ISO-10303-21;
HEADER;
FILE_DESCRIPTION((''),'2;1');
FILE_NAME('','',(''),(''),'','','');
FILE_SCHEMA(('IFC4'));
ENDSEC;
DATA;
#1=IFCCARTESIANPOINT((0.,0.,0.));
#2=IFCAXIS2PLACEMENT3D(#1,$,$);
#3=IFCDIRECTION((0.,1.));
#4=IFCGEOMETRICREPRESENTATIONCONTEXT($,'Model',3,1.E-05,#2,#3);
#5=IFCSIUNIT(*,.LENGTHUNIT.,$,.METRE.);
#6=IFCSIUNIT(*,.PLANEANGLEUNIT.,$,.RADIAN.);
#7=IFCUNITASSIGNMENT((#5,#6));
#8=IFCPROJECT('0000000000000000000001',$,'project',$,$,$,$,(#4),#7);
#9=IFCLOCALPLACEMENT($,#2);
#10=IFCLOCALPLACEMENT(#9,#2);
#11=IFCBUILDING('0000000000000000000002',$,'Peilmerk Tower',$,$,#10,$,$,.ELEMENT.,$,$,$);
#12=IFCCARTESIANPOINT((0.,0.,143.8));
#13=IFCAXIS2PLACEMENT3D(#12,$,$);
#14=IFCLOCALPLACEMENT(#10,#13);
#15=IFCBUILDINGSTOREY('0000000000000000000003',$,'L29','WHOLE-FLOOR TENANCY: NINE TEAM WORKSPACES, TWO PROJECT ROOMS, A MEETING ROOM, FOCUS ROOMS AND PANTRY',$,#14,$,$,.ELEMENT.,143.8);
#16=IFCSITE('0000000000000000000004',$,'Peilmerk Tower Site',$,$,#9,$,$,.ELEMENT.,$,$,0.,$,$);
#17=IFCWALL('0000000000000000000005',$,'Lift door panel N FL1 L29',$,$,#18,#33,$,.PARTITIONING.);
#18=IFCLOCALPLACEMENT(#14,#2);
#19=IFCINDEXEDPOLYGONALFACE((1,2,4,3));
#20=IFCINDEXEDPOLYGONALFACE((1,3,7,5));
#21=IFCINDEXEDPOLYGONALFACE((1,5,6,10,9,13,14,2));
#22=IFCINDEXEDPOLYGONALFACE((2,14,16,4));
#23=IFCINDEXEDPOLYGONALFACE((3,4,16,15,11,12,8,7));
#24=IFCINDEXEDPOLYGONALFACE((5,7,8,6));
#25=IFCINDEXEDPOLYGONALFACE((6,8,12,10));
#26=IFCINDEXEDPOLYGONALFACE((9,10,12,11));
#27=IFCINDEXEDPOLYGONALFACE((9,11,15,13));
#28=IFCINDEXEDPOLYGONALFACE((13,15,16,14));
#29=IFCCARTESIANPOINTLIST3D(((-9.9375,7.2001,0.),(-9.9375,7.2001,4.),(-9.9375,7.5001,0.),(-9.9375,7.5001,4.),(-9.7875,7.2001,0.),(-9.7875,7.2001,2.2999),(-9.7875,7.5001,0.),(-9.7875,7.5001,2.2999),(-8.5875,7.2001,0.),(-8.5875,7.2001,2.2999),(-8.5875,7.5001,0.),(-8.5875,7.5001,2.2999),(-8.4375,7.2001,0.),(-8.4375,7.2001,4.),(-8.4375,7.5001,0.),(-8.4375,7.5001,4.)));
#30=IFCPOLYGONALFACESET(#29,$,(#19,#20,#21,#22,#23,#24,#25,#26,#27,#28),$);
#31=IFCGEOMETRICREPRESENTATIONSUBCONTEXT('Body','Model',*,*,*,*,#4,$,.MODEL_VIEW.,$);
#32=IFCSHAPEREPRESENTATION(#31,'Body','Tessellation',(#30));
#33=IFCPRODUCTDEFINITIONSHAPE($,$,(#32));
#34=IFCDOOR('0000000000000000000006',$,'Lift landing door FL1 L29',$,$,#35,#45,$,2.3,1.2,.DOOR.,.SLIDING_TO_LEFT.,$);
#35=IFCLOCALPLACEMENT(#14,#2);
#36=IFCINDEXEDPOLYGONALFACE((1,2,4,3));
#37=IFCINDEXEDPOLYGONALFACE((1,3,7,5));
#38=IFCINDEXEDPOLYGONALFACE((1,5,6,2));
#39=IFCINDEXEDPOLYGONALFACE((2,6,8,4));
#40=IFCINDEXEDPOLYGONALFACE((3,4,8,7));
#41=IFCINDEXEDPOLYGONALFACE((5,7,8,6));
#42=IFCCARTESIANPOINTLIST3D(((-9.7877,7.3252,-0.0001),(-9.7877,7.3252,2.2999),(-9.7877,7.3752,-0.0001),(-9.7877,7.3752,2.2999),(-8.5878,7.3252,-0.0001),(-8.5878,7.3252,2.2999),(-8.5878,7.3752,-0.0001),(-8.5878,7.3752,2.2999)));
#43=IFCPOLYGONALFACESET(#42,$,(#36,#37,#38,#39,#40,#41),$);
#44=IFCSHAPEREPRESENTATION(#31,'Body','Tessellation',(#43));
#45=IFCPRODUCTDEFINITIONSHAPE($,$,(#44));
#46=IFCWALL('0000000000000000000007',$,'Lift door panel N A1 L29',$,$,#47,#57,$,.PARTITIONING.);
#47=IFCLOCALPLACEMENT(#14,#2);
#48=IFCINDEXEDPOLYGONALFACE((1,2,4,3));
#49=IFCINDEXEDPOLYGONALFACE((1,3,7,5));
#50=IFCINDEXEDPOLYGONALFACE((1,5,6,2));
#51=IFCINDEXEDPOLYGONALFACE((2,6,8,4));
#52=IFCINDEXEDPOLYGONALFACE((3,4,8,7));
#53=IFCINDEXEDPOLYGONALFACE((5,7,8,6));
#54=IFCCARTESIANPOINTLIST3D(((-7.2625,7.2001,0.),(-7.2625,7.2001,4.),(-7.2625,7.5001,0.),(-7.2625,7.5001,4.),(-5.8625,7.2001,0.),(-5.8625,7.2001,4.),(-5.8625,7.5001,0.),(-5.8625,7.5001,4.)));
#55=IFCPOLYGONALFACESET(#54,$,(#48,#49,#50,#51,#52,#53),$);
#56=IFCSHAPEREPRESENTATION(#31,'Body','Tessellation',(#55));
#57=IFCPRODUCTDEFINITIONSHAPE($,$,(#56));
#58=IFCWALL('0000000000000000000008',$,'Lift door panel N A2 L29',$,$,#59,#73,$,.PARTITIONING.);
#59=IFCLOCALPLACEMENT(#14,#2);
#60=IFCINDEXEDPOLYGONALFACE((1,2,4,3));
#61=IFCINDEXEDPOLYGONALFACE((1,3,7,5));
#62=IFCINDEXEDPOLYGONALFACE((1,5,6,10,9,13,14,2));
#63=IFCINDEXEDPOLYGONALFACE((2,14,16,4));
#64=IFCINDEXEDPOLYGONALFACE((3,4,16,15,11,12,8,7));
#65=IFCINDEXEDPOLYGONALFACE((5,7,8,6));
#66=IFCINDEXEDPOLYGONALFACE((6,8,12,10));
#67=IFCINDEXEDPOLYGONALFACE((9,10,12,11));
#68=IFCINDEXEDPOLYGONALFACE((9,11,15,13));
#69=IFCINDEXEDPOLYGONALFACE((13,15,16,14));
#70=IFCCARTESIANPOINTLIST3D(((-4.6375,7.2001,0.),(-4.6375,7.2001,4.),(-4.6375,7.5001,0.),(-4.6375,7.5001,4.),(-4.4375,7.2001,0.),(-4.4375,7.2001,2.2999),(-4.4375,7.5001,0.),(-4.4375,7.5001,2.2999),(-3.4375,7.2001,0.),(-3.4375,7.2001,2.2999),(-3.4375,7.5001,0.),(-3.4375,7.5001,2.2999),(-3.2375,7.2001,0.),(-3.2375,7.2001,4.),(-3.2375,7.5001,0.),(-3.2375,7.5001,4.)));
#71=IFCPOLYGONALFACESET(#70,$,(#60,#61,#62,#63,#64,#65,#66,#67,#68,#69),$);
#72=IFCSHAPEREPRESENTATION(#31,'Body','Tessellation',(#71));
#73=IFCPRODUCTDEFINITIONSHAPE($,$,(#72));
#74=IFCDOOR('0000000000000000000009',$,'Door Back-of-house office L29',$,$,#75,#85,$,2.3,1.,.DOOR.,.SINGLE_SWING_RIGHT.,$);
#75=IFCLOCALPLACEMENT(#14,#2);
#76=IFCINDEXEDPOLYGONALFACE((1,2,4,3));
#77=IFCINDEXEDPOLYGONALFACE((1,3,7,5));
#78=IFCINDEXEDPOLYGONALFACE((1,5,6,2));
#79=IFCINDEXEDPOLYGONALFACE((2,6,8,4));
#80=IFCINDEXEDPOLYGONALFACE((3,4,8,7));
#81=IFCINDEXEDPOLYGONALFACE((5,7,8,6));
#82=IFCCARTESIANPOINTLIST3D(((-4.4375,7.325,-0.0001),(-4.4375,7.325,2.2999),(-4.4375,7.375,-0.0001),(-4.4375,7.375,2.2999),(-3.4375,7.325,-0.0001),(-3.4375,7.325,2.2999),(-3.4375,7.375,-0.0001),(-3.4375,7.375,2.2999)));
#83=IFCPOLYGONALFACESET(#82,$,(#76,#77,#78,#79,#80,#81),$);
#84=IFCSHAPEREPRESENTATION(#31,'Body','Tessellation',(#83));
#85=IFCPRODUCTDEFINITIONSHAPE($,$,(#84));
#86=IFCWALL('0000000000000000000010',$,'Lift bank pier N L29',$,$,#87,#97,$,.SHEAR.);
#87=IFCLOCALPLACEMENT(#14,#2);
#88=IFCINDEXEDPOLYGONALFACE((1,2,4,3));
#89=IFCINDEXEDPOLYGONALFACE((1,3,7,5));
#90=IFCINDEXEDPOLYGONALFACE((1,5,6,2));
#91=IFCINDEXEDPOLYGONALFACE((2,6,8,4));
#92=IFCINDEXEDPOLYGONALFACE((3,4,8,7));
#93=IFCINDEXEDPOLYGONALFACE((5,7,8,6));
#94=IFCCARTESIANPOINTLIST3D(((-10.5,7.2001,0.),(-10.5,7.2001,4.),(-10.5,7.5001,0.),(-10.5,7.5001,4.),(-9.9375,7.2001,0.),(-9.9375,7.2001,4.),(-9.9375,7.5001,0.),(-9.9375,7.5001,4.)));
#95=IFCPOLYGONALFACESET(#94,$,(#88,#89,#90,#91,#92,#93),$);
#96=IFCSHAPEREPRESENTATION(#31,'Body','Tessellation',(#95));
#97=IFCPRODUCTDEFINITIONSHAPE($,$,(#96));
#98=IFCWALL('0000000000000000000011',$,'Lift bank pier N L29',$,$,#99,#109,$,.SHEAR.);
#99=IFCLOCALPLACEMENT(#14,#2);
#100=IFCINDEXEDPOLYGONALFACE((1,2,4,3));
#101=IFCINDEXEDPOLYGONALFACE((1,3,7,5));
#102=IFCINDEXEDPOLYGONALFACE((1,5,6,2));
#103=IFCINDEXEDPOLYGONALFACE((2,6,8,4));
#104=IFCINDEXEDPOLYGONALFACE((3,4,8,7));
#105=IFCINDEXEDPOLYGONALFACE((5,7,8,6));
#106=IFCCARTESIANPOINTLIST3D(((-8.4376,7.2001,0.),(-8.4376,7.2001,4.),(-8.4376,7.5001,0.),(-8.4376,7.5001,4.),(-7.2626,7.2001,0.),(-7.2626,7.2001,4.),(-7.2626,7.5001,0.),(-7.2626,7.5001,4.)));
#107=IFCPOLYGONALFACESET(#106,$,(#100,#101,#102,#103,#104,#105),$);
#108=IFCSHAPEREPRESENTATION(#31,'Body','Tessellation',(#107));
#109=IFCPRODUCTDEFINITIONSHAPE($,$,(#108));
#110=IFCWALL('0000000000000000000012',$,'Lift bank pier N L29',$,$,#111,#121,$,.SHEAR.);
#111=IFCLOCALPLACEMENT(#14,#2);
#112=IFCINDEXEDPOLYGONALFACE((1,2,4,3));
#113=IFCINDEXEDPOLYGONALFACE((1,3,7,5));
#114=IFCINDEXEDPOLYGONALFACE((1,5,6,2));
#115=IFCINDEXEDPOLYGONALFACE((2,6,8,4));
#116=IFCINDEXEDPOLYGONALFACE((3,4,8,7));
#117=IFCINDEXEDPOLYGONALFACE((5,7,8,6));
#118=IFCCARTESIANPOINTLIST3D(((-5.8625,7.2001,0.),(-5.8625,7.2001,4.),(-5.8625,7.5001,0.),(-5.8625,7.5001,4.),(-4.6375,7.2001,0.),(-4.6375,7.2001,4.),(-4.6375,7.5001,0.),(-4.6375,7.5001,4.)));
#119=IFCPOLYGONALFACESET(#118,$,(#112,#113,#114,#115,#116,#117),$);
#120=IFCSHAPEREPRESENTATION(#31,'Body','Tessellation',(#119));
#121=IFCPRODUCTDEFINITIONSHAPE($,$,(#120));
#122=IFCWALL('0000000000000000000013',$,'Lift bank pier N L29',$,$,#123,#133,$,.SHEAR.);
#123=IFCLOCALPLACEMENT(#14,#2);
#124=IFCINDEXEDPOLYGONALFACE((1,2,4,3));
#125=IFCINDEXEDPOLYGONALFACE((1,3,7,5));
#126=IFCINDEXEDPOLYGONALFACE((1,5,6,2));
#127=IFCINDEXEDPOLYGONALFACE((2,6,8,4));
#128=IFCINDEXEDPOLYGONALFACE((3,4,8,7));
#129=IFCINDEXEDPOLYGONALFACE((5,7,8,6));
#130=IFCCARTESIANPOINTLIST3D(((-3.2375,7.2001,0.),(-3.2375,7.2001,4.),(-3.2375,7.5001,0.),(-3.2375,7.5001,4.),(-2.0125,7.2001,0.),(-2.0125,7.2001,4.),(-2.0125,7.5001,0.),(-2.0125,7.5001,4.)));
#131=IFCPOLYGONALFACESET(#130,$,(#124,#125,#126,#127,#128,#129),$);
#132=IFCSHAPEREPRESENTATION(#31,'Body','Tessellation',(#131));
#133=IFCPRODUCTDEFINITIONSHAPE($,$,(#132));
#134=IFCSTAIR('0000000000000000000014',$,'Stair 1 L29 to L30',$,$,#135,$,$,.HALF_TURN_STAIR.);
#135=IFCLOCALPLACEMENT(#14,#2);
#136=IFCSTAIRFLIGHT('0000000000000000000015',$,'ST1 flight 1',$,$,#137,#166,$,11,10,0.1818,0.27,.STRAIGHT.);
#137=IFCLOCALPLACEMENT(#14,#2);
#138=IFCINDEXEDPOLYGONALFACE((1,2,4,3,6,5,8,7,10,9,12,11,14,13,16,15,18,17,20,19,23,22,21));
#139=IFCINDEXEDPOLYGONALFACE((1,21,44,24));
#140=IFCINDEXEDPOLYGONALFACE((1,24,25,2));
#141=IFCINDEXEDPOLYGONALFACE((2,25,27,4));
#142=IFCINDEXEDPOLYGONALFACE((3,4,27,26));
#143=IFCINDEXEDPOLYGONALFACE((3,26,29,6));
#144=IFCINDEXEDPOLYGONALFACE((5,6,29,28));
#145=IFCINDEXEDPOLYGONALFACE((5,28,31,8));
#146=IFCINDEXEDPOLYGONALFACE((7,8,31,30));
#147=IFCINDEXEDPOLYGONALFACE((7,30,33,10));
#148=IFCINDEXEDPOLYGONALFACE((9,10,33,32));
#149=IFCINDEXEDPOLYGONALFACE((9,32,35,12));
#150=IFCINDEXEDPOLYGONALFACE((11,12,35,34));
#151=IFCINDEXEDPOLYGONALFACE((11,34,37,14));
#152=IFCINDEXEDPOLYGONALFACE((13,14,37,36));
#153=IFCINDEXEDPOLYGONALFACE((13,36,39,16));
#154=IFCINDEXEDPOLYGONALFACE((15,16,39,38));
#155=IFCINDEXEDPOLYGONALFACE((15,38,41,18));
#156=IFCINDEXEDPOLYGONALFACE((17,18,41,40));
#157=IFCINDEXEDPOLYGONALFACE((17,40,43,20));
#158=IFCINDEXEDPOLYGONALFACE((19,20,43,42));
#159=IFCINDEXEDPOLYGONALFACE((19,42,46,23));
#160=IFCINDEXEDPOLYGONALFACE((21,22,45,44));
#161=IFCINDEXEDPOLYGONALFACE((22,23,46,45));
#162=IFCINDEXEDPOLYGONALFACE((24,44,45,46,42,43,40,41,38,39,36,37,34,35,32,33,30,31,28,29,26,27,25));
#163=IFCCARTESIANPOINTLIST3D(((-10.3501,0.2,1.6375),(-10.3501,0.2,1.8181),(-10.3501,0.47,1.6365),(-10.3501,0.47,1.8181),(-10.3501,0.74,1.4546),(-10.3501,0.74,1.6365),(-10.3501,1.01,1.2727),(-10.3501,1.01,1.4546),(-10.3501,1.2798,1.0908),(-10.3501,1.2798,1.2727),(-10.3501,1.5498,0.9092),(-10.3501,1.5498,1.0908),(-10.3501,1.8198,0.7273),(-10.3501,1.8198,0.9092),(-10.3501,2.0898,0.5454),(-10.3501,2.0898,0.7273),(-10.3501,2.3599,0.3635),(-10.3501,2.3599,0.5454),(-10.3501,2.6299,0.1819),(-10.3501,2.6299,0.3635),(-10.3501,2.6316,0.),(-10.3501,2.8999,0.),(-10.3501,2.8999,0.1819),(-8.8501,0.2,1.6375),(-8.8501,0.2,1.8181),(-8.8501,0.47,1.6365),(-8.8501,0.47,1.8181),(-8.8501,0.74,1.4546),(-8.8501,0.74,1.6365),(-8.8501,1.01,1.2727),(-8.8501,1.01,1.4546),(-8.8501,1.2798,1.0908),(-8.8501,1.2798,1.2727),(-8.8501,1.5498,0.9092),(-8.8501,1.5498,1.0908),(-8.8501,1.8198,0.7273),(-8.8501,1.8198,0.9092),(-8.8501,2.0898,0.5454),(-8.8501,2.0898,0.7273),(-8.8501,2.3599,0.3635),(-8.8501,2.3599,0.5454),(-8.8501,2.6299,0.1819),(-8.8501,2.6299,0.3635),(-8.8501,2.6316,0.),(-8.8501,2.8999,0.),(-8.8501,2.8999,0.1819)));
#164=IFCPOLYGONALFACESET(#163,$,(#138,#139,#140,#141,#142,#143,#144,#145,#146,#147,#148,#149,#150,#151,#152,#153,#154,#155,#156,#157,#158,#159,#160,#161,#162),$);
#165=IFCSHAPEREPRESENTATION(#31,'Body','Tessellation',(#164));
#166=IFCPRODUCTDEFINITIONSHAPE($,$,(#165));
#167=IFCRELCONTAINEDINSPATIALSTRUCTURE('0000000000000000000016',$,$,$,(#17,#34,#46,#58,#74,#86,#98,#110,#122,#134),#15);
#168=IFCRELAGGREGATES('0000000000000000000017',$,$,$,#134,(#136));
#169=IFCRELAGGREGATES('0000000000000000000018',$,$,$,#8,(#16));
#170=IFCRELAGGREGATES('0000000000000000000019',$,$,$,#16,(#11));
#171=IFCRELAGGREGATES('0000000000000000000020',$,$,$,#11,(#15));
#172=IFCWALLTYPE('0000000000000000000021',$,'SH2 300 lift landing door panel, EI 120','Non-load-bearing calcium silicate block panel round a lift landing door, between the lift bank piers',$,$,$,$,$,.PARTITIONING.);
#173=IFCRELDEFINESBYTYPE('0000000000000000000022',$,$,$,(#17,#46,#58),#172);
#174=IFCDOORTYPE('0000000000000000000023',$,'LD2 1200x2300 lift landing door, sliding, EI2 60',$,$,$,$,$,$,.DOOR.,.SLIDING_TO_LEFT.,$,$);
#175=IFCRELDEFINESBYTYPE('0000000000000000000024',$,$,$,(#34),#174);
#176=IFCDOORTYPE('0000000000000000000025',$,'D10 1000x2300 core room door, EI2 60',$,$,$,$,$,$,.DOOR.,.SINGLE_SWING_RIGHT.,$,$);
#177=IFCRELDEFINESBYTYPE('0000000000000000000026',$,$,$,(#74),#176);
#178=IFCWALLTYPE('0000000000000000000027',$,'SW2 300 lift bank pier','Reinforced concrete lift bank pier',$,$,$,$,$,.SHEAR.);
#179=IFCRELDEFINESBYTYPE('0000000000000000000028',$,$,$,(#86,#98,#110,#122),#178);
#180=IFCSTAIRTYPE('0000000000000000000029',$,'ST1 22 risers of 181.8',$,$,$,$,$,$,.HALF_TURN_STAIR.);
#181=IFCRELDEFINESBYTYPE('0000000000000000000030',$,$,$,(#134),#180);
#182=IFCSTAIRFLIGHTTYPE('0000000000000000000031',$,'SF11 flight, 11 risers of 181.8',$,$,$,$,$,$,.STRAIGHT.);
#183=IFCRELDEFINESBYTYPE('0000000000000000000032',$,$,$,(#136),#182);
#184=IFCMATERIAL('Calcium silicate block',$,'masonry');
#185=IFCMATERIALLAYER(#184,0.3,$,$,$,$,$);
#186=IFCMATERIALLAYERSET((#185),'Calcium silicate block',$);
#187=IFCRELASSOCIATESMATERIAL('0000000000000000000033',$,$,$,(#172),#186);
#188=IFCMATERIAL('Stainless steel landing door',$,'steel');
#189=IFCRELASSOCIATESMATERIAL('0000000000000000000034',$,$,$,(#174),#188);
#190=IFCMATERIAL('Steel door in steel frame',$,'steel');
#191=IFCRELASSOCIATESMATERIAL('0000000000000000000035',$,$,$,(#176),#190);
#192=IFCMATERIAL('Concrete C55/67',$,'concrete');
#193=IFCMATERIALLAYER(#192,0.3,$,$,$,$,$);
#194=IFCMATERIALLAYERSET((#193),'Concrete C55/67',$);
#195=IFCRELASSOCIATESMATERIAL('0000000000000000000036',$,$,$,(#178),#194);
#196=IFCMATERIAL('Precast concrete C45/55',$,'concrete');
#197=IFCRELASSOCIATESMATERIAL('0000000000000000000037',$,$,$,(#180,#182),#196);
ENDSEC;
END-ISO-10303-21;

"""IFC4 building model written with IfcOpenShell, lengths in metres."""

from ifc_helpers import new_model, si_unit, direction, frame, frame_2d, origin, place, context, subcontext, project, spatial, polyline, rectangle, outline, extrude, material, layer, layer_set, type_object, element, fill, aggregate, save


model = new_model("IFC4")

# Units and contexts
model_context = context("Model", 3, precision=1e-05, world=origin(), true_north=direction((0.0, 1.0)))
body_context = subcontext(model_context, "Body", "Model", "MODEL_VIEW")
ifc_project = project(units=[si_unit("LENGTHUNIT", "METRE"), si_unit("PLANEANGLEUNIT", "RADIAN")], contexts=[model_context])

# Site, building, storey
site_placement = place(None, origin())
site = spatial("IfcSite", under=ifc_project, at=site_placement, Name="Peilmerk Tower Site", CompositionType="ELEMENT", RefElevation=0.0)
building_placement = place(site_placement, origin())
building = spatial("IfcBuilding", under=site, at=building_placement, Name="Peilmerk Tower", CompositionType="ELEMENT")
storey_placement = place(building_placement, frame((0.0, 0.0, 143.8)))
storey = spatial("IfcBuildingStorey", under=building, at=storey_placement, Name="L29", Description="WHOLE-FLOOR TENANCY: NINE TEAM WORKSPACES, TWO PROJECT ROOMS, A MEETING ROOM, FOCUS ROOMS AND PANTRY", CompositionType="ELEMENT", Elevation=143.8)

# Shared definitions
ifc_material_1 = material(Name="Concrete C55/67", Category="concrete")

# Shared definitions
ifc_material_2 = material(Name="Steel door in steel frame", Category="steel")

# Wall, opening, door
ifc_material_3 = material(Name="Calcium silicate block", Category="masonry")
ifc_layer_1 = layer(ifc_material_3, 0.3)
ifc_layer_set_1 = layer_set([ifc_layer_1], Name="Calcium silicate block")
wall_type_1 = type_object("IfcWallType", Name="SH2 300 lift landing door panel, EI 120", Description="Non-load-bearing calcium silicate block panel round a lift landing door, between the lift bank piers", PredefinedType="PARTITIONING", material=ifc_layer_set_1)
wall_1_placement = place(storey_placement, frame((-9.9375, 7.3501, 0.0), z_axis=(0.0, 0.0, 1.0), x_axis=(1.0, 0.0, 0.0)))
wall_1 = element("IfcWall", 1, at=wall_1_placement, inside=storey, type_object=wall_type_1, Name="Lift door panel N FL1 L29", PredefinedType="PARTITIONING", context=body_context, shape_type="SweptSolid", body=[
    extrude(rectangle(XDim=1.5, YDim=0.3, at=frame_2d((0.75, 0.0))), origin(), (0.0, 0.0, 1.0), 4.0),
])
opening_1_placement = place(wall_1_placement, frame((0.1499, 0.0, 0.0)))
opening_1 = element("IfcOpeningElement", 2, at=opening_1_placement, cuts=wall_1, PredefinedType="OPENING", context=body_context, shape_type="SweptSolid", body=[
    extrude(rectangle(XDim=1.2, YDim=2.3, at=frame_2d((0.6001, 1.1499))), frame((0.0, 0.1599, 0.0), z_axis=(0.0, -1.0, 0.0), x_axis=(1.0, 0.0, 0.0)), (0.0, 0.0, 1.0), 0.3201),
])
ifc_material_4 = material(Name="Stainless steel landing door", Category="steel")
door_type_1 = type_object("IfcDoorType", Name="LD2 1200x2300 lift landing door, sliding, EI2 60", OperationType="SLIDING_TO_LEFT", PredefinedType="DOOR", material=ifc_material_4)
door_1_placement = place(opening_1_placement, frame((1.2, 0.0, 0.0), z_axis=(0.0, 0.0, 1.0), x_axis=(-1.0, 0.0, 0.0)))
door_1 = element("IfcDoor", 3, at=door_1_placement, inside=storey, type_object=door_type_1, Name="Lift landing door FL1 L29", OperationType="SLIDING_TO_LEFT", OverallHeight=2.3, OverallWidth=1.2, PredefinedType="DOOR", context=body_context, shape_type="SweptSolid", body=[
    extrude(rectangle(XDim=1.2, YDim=2.3, at=frame_2d((0.6001, 1.1499))), frame((0.0, 0.0249, 0.0), z_axis=(0.0, -1.0, 0.0), x_axis=(1.0, 0.0, 0.0)), (0.0, 0.0, 1.0), 0.05),
])
fill(opening_1, door_1)

# Wall
wall_2_placement = place(storey_placement, frame((-7.2625, 7.3501, 0.0), z_axis=(0.0, 0.0, 1.0), x_axis=(1.0, 0.0, 0.0)))
element("IfcWall", 4, at=wall_2_placement, inside=storey, type_object=wall_type_1, Name="Lift door panel N A1 L29", PredefinedType="PARTITIONING", context=body_context, shape_type="SweptSolid", body=[
    extrude(rectangle(XDim=1.3999, YDim=0.3, at=frame_2d((0.7, 0.0))), origin(), (0.0, 0.0, 1.0), 4.0),
])

# Wall, opening, door
wall_3_placement = place(storey_placement, frame((-4.6375, 7.3501, 0.0), z_axis=(0.0, 0.0, 1.0), x_axis=(1.0, 0.0, 0.0)))
wall_3 = element("IfcWall", 5, at=wall_3_placement, inside=storey, type_object=wall_type_1, Name="Lift door panel N A2 L29", PredefinedType="PARTITIONING", context=body_context, shape_type="SweptSolid", body=[
    extrude(rectangle(XDim=1.3999, YDim=0.3, at=frame_2d((0.7, 0.0))), origin(), (0.0, 0.0, 1.0), 4.0),
])
opening_2_placement = place(wall_3_placement, frame((0.2, 0.0, 0.0)))
opening_2 = element("IfcOpeningElement", 6, at=opening_2_placement, cuts=wall_3, PredefinedType="OPENING", context=body_context, shape_type="SweptSolid", body=[
    extrude(rectangle(XDim=1.0, YDim=2.3, at=frame_2d((0.5, 1.1499))), frame((0.0, 0.1599, 0.0), z_axis=(0.0, -1.0, 0.0), x_axis=(1.0, 0.0, 0.0)), (0.0, 0.0, 1.0), 0.3201),
])
door_type_2 = type_object("IfcDoorType", Name="D10 1000x2300 core room door, EI2 60", OperationType="SINGLE_SWING_RIGHT", PredefinedType="DOOR", material=ifc_material_2)
door_2_placement = place(opening_2_placement, origin())
door_2 = element("IfcDoor", 7, at=door_2_placement, inside=storey, type_object=door_type_2, Name="Door Back-of-house office L29", OperationType="SINGLE_SWING_RIGHT", OverallHeight=2.3, OverallWidth=1.0, PredefinedType="DOOR", context=body_context, shape_type="SweptSolid", body=[
    extrude(rectangle(XDim=1.0, YDim=2.3, at=frame_2d((0.5, 1.1499))), frame((0.0, 0.0249, 0.0), z_axis=(0.0, -1.0, 0.0), x_axis=(1.0, 0.0, 0.0)), (0.0, 0.0, 1.0), 0.05),
])
fill(opening_2, door_2)

# Walls
ifc_layer_2 = layer(ifc_material_1, 0.3)
ifc_layer_set_2 = layer_set([ifc_layer_2], Name="Concrete C55/67")
wall_type_2 = type_object("IfcWallType", Name="SW2 300 lift bank pier", Description="Reinforced concrete lift bank pier", PredefinedType="SHEAR", material=ifc_layer_set_2)
wall_4_placement = place(storey_placement, frame((-10.5, 7.3501, 0.0), z_axis=(0.0, 0.0, 1.0), x_axis=(1.0, 0.0, 0.0)))
element("IfcWall", 8, at=wall_4_placement, inside=storey, type_object=wall_type_2, Name="Lift bank pier N L29", PredefinedType="SHEAR", context=body_context, shape_type="SweptSolid", body=[
    extrude(rectangle(XDim=0.5625, YDim=0.3, at=frame_2d((0.2812, 0.0))), origin(), (0.0, 0.0, 1.0), 4.0),
])
wall_5_placement = place(storey_placement, frame((-8.4375, 7.3501, 0.0), z_axis=(0.0, 0.0, 1.0), x_axis=(1.0, 0.0, 0.0)))
element("IfcWall", 9, at=wall_5_placement, inside=storey, type_object=wall_type_2, Name="Lift bank pier N L29", PredefinedType="SHEAR", context=body_context, shape_type="SweptSolid", body=[
    extrude(rectangle(XDim=1.175, YDim=0.3, at=frame_2d((0.5874, 0.0))), origin(), (0.0, 0.0, 1.0), 4.0),
])
for number, where, z_axis, x_axis, name in (
    (10, (-5.8625, 7.3501, 0.0), (0.0, 0.0, 1.0), (1.0, 0.0, 0.0), "Lift bank pier N L29"),
    (11, (-3.2375, 7.3501, 0.0), (0.0, 0.0, 1.0), (1.0, 0.0, 0.0), "Lift bank pier N L29"),
):
    element("IfcWall", number, at=place(storey_placement, frame(where, z_axis=z_axis, x_axis=x_axis)), inside=storey, type_object=wall_type_2, Name=name, PredefinedType="SHEAR", context=body_context, shape_type="SweptSolid", body=[
        extrude(rectangle(XDim=1.2251, YDim=0.3, at=frame_2d((0.6125, 0.0))), origin(), (0.0, 0.0, 1.0), 4.0),
    ])

# Stair, stair flight
ifc_material_5 = material(Name="Precast concrete C45/55", Category="concrete")
stair_type = type_object("IfcStairType", Name="ST1 22 risers of 181.8", PredefinedType="HALF_TURN_STAIR", material=ifc_material_5)
stair_placement = place(storey_placement, origin())
stair = element("IfcStair", 12, at=stair_placement, inside=storey, type_object=stair_type, Name="Stair 1 L29 to L30", PredefinedType="HALF_TURN_STAIR")
stair_flight_type = type_object("IfcStairFlightType", Name="SF11 flight, 11 risers of 181.8", PredefinedType="STRAIGHT", material=ifc_material_5)
stair_flight_1_placement = place(storey_placement, frame((-9.6001, 2.8999, 0.0), z_axis=(0.0, 0.0, 1.0), x_axis=(0.0, -1.0, 0.0)))
stair_flight_1 = element("IfcStairFlight", 13, at=stair_flight_1_placement, type_object=stair_flight_type, Name="ST1 flight 1", NumberOfRisers=11, NumberOfTreads=10, PredefinedType="STRAIGHT", RiserHeight=0.1818, TreadLength=0.27, context=body_context, shape_type="SweptSolid", body=[
    extrude(outline(polyline([(0.0, 0.0), (0.0, 0.1819), (0.27, 0.1819), (0.27, 0.3635), (0.54, 0.3635), (0.54, 0.5454), (0.8101, 0.5454), (0.8101, 0.7273), (1.0801, 0.7273), (1.0801, 0.9092), (1.3501, 0.9092), (1.3501, 1.0908), (1.6201, 1.0908), (1.6201, 1.2727), (1.8899, 1.2727), (1.8899, 1.4546), (2.1599, 1.4546), (2.1599, 1.6365), (2.4299, 1.6365), (2.4299, 1.8181), (2.7, 1.8181), (2.7, 2.0), (2.7, 1.6375), (0.2683, 0.0), (0.0, 0.0)])), frame((0.0, 0.75, 0.0), z_axis=(0.0, -1.0, 0.0), x_axis=(1.0, 0.0, 0.0)), (0.0, 0.0, 1.0), 1.5),
])
aggregate(stair, [stair_flight_1])

save(model, "model.ifc")
